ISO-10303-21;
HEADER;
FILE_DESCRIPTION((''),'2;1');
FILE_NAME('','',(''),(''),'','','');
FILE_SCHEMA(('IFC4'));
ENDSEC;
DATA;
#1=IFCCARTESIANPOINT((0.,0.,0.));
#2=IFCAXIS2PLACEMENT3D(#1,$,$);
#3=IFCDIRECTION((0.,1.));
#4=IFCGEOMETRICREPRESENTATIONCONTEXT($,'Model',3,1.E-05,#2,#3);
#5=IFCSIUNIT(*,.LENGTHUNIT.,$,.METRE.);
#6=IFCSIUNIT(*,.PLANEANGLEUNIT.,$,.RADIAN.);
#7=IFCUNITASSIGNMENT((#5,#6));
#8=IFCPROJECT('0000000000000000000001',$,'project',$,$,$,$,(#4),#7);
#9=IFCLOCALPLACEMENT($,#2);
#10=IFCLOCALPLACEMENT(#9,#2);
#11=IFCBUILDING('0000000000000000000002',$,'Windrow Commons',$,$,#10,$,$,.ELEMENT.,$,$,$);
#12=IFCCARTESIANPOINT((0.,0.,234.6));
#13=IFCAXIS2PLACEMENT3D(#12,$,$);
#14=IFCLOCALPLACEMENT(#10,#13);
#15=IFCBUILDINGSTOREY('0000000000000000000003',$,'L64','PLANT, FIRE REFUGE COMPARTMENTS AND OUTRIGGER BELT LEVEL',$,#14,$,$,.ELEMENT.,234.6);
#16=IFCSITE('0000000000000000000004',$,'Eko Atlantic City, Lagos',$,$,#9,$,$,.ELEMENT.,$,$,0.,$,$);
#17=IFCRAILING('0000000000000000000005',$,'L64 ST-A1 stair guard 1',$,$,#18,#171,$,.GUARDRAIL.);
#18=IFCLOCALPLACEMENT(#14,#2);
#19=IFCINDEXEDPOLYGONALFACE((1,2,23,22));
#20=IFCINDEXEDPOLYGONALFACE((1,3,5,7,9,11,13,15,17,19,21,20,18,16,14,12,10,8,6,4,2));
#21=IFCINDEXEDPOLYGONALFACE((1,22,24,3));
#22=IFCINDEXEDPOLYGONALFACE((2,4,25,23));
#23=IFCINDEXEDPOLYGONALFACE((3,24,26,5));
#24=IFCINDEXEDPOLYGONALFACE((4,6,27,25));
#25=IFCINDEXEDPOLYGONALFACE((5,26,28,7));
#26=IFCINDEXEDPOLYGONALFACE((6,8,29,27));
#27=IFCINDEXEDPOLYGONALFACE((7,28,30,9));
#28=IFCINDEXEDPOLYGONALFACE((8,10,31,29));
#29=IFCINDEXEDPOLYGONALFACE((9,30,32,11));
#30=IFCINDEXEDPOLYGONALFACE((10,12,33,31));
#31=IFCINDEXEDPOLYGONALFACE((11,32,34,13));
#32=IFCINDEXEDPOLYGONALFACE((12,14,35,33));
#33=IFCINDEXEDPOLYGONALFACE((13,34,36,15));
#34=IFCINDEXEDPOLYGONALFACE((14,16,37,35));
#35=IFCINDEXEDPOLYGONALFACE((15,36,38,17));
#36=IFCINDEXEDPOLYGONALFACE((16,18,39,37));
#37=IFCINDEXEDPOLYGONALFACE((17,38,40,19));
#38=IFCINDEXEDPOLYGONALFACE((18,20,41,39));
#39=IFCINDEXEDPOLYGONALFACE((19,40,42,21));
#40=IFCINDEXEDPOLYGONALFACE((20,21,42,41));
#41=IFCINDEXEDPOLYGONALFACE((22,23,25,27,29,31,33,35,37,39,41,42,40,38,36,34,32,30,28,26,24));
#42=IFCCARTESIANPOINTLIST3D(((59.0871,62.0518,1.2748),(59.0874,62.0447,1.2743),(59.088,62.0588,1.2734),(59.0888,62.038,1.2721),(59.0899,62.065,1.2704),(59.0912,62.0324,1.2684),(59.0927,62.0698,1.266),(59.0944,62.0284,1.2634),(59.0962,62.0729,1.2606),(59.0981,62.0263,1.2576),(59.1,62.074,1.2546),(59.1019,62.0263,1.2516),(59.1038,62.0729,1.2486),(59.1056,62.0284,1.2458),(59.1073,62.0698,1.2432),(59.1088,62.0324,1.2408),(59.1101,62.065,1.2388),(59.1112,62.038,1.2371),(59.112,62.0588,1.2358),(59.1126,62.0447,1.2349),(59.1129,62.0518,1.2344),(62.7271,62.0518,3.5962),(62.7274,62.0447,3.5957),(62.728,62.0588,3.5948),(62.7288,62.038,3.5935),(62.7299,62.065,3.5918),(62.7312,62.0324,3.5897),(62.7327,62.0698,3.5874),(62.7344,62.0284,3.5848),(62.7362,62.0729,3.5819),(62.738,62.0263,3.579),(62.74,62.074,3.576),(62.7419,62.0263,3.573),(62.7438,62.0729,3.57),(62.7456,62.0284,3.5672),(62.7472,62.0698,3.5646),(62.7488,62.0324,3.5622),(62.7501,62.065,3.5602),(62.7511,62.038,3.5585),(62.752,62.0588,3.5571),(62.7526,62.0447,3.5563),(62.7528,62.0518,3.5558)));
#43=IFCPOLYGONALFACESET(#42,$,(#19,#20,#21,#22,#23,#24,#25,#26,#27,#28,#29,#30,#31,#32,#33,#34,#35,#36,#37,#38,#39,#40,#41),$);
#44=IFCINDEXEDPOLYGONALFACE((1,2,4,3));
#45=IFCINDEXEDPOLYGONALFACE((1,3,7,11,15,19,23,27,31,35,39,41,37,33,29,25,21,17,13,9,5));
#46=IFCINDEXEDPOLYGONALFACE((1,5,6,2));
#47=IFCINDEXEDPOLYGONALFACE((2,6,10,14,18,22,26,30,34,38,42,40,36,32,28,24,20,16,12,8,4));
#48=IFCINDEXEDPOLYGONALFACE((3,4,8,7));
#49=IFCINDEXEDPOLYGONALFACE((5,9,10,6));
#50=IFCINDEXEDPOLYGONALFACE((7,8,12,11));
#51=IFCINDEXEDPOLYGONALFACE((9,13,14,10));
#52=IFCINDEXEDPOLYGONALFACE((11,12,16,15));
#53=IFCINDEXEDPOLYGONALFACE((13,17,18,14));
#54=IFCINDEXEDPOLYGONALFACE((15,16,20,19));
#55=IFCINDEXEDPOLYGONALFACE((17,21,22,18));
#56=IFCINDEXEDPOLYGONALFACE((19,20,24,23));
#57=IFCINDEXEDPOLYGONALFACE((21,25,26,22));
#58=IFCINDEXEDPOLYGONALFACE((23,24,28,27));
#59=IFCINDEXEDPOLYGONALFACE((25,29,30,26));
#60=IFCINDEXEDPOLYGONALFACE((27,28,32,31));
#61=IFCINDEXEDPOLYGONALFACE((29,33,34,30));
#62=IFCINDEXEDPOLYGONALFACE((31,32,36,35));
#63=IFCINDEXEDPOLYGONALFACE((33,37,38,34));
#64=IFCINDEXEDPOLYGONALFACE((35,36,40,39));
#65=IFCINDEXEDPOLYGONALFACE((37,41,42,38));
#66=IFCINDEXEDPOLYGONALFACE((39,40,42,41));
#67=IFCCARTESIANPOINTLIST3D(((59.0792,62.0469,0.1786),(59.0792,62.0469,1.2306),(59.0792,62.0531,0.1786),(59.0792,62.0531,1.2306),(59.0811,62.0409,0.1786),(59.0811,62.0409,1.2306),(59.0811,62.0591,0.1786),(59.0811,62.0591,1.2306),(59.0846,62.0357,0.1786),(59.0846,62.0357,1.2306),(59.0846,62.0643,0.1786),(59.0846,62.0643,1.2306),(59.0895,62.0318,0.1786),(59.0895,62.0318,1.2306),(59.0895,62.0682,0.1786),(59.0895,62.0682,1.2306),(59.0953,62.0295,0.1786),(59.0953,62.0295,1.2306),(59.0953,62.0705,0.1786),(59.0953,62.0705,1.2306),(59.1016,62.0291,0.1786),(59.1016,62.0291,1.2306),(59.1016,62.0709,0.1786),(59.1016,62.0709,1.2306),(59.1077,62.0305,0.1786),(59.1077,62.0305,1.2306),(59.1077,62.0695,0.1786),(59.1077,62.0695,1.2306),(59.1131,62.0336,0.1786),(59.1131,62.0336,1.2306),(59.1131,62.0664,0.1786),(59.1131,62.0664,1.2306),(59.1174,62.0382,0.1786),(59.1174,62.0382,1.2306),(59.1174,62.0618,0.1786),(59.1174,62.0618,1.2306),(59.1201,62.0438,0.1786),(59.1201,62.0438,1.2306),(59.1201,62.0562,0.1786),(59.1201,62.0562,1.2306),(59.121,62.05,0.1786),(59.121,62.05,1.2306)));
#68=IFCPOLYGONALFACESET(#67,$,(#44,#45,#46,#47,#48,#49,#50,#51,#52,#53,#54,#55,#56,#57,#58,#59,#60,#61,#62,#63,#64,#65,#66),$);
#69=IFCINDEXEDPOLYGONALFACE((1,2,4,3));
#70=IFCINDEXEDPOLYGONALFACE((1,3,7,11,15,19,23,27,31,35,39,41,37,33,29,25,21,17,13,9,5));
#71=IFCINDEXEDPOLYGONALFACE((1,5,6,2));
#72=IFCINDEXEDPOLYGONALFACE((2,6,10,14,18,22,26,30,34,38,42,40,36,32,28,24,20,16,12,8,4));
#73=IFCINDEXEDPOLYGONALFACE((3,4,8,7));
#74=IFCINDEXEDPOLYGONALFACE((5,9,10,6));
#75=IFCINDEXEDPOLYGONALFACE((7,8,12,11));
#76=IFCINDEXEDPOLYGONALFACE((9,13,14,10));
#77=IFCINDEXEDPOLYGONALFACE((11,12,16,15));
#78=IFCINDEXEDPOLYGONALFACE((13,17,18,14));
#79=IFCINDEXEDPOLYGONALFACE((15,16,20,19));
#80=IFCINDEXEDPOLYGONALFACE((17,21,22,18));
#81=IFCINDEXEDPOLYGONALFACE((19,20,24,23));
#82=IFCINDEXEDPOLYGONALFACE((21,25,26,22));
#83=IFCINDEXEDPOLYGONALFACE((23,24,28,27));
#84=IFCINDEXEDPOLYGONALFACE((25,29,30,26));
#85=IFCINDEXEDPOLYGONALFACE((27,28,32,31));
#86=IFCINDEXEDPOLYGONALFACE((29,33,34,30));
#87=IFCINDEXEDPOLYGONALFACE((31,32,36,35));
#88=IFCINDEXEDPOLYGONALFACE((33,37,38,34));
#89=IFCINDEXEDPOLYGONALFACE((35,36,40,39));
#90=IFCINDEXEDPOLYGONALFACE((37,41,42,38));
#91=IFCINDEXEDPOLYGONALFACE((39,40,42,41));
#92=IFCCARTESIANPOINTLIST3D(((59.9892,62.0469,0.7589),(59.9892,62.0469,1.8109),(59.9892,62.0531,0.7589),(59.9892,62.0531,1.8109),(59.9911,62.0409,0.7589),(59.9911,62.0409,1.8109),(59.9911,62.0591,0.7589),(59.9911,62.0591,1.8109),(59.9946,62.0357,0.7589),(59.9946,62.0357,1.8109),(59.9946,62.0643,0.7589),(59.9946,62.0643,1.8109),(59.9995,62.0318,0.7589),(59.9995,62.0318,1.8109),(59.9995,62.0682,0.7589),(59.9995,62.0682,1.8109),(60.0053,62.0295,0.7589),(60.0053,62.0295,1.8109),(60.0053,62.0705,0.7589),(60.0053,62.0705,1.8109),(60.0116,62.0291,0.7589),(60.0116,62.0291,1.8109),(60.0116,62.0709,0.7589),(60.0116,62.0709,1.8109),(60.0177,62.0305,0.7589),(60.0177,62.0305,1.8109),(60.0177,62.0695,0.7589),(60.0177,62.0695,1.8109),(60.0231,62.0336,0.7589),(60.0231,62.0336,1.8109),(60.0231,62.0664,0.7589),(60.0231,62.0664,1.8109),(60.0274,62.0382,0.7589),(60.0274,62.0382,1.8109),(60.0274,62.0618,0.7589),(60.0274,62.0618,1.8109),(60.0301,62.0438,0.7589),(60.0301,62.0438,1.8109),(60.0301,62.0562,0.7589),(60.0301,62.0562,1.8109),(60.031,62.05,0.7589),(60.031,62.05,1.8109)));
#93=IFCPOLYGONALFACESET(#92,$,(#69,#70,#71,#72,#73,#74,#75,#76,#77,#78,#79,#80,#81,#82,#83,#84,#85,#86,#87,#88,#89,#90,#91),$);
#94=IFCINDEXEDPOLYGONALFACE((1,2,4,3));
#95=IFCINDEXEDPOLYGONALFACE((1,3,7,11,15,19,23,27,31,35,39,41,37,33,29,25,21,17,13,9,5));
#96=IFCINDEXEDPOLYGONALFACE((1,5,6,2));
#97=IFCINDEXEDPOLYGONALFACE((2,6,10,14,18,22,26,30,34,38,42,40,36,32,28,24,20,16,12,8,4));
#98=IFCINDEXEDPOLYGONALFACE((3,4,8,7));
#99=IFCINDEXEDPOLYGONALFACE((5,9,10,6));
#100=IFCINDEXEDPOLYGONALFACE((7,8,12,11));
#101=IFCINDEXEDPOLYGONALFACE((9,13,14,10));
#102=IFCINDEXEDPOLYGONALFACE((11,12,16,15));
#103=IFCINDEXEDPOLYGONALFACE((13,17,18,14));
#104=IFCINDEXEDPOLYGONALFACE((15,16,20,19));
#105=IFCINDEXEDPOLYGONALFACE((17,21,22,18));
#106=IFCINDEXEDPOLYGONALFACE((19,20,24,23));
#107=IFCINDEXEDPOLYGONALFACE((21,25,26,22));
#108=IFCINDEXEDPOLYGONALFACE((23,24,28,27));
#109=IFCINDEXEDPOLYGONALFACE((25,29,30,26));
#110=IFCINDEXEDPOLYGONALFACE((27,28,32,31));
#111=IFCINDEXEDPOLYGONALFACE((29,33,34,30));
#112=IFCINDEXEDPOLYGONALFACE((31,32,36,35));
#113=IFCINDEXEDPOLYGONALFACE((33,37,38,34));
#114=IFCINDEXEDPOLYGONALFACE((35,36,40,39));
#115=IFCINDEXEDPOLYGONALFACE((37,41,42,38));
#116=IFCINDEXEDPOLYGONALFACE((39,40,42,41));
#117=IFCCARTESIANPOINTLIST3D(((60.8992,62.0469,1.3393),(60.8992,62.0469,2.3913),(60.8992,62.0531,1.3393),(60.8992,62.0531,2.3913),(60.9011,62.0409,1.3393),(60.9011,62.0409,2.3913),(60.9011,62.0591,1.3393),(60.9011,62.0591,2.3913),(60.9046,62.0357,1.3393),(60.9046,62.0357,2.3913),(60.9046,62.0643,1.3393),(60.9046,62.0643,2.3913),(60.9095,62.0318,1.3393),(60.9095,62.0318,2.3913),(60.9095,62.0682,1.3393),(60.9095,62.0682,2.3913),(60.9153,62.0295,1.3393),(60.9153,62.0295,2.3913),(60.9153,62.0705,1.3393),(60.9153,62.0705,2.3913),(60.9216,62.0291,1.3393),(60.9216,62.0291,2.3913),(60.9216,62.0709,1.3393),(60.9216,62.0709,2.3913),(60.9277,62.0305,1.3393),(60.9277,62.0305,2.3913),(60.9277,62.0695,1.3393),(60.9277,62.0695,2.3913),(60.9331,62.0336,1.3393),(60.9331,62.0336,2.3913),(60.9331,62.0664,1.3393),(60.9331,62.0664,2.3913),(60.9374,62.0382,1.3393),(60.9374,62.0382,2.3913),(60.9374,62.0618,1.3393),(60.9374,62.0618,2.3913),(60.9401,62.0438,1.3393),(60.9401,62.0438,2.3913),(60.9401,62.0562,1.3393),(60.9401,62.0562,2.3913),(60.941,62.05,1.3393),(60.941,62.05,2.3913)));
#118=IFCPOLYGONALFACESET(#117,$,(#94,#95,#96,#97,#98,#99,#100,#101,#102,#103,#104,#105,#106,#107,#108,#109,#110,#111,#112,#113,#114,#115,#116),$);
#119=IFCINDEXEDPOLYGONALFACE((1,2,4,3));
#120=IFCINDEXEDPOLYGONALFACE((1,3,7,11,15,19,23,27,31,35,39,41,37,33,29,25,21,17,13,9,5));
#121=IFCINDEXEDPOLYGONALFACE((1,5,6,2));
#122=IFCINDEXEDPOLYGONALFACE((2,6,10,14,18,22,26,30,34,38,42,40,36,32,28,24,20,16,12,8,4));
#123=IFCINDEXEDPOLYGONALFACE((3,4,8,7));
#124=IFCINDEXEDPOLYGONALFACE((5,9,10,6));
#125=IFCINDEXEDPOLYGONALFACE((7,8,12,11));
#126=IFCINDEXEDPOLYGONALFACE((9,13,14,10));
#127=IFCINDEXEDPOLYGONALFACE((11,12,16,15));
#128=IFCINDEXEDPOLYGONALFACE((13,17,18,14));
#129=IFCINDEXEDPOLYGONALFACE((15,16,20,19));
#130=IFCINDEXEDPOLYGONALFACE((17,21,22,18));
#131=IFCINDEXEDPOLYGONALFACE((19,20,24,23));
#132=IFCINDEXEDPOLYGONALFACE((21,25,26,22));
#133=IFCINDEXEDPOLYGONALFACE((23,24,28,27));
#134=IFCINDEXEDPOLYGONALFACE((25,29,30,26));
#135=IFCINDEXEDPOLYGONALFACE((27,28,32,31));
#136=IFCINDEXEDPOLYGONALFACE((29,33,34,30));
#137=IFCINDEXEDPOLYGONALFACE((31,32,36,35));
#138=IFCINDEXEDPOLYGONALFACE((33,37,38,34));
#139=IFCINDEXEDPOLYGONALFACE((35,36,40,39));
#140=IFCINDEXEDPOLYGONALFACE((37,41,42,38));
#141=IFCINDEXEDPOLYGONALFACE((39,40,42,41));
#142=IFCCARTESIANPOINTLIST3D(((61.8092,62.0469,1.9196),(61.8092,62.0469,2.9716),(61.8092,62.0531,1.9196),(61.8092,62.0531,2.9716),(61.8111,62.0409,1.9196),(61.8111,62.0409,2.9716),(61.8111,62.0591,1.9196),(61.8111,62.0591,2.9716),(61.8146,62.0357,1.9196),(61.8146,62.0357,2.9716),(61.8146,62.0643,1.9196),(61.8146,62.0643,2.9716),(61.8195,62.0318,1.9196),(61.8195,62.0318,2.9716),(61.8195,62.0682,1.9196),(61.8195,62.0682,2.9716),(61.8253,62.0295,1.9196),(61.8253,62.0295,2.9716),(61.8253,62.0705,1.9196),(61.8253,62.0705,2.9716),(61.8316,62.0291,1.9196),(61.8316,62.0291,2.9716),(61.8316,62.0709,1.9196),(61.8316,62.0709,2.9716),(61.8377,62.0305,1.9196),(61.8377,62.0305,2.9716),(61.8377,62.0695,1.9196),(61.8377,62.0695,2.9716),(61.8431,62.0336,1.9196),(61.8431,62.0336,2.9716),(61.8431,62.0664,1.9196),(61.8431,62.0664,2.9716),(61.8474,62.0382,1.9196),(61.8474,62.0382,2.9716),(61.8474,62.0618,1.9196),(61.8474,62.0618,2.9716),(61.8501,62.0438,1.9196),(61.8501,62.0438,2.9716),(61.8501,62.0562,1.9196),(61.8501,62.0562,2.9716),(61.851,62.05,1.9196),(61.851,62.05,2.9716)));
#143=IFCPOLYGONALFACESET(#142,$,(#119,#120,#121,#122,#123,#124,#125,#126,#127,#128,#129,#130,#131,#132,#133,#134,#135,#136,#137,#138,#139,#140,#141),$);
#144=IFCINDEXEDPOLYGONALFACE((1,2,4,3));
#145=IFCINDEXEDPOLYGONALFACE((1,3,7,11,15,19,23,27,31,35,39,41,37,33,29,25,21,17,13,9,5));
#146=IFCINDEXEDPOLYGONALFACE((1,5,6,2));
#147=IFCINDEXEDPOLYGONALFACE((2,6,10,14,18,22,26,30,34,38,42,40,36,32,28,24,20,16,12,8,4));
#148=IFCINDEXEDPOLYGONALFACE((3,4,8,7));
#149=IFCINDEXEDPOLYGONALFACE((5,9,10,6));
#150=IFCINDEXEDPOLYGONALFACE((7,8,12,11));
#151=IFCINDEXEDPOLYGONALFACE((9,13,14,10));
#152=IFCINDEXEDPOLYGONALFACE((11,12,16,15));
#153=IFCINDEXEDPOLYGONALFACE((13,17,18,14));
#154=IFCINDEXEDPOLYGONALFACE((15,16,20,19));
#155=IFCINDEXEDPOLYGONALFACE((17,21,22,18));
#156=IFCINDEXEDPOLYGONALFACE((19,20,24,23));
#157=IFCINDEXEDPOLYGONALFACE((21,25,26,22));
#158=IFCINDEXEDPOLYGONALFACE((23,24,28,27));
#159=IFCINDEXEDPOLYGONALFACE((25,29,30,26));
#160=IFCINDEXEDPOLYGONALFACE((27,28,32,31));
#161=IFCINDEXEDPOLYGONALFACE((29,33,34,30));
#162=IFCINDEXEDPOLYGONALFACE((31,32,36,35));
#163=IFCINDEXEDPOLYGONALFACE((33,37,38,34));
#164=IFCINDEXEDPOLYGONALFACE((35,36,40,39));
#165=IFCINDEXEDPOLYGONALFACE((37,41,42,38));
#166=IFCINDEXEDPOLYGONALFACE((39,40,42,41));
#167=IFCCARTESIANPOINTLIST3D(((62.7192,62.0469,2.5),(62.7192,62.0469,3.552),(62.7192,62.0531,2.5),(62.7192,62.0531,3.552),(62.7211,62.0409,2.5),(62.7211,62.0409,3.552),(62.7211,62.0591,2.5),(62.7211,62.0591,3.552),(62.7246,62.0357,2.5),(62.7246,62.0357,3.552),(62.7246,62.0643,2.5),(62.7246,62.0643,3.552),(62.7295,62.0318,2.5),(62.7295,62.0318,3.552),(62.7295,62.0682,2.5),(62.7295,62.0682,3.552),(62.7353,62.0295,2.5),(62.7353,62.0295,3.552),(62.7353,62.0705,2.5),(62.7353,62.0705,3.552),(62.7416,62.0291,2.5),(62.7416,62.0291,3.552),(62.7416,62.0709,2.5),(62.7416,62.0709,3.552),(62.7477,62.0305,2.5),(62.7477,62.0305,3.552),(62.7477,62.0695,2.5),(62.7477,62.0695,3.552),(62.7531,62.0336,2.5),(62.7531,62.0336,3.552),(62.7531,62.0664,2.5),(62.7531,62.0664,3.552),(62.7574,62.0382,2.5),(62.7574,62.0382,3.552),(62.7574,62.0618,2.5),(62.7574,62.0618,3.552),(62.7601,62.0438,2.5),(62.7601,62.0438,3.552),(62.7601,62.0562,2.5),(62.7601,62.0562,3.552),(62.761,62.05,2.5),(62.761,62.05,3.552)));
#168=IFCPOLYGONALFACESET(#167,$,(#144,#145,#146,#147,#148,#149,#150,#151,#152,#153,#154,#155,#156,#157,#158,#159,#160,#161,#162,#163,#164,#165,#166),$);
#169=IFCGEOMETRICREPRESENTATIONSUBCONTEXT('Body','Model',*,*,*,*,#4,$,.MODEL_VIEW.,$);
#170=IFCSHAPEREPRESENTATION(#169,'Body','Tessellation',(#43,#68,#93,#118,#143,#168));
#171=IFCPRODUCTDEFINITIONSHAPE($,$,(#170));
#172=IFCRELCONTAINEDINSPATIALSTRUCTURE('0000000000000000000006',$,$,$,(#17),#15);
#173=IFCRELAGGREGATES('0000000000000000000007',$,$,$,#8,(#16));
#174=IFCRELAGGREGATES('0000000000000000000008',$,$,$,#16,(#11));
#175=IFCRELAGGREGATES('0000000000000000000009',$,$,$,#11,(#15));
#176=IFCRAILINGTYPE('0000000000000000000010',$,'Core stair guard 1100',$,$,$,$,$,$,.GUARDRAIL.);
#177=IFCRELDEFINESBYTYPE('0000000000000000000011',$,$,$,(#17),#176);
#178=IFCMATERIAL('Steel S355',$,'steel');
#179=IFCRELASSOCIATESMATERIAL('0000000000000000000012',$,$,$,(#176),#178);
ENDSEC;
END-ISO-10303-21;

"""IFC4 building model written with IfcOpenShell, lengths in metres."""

from ifc_helpers import new_model, si_unit, direction, frame, origin, origin_2d, place, context, subcontext, project, spatial, circle, extrude, material, type_object, element, save


model = new_model("IFC4")

# Units and contexts
model_context = context("Model", 3, precision=1e-05, world=origin(), true_north=direction((0.0, 1.0)))
body_context = subcontext(model_context, "Body", "Model", "MODEL_VIEW")
ifc_project = project(units=[si_unit("LENGTHUNIT", "METRE"), si_unit("PLANEANGLEUNIT", "RADIAN")], contexts=[model_context])

# Site, building, storey
site_placement = place(None, origin())
site = spatial("IfcSite", under=ifc_project, at=site_placement, Name="Eko Atlantic City, Lagos", CompositionType="ELEMENT", RefElevation=0.0)
building_placement = place(site_placement, origin())
building = spatial("IfcBuilding", under=site, at=building_placement, Name="Windrow Commons", CompositionType="ELEMENT")
storey_placement = place(building_placement, frame((0.0, 0.0, 234.6)))
storey = spatial("IfcBuildingStorey", under=building, at=storey_placement, Name="L64", Description="PLANT, FIRE REFUGE COMPARTMENTS AND OUTRIGGER BELT LEVEL", CompositionType="ELEMENT", Elevation=234.6)

# Railing
ifc_material_1 = material(Name="Steel S355", Category="steel")
railing_type_1 = type_object("IfcRailingType", Name="Core stair guard 1100", PredefinedType="GUARDRAIL", material=ifc_material_1)
railing_1_placement = place(storey_placement, frame((59.1, 62.05, 0.1786)))
element("IfcRailing", 1, at=railing_1_placement, inside=storey, type_object=railing_type_1, Name="L64 ST-A1 stair guard 1", PredefinedType="GUARDRAIL", context=body_context, shape_type="SweptSolid", body=[
    extrude(circle(Radius=0.024, at=origin_2d()), frame((0.0, 0.0, 1.076), z_axis=(0.843133, 0.0, 0.537706), x_axis=(0.0, 1.0, 0.0)), (0.0, 0.0, 1.0), 4.3172),
    extrude(circle(Radius=0.021, at=origin_2d()), origin(), (0.0, 0.0, 1.0), 1.052),
    extrude(circle(Radius=0.021, at=origin_2d()), frame((0.91, 0.0, 0.5803)), (0.0, 0.0, 1.0), 1.052),
    extrude(circle(Radius=0.021, at=origin_2d()), frame((1.82, 0.0, 1.1607)), (0.0, 0.0, 1.0), 1.052),
    extrude(circle(Radius=0.021, at=origin_2d()), frame((2.73, 0.0, 1.741)), (0.0, 0.0, 1.0), 1.052),
    extrude(circle(Radius=0.021, at=origin_2d()), frame((3.64, 0.0, 2.3214)), (0.0, 0.0, 1.0), 1.052),
])

save(model, "model.ifc")
